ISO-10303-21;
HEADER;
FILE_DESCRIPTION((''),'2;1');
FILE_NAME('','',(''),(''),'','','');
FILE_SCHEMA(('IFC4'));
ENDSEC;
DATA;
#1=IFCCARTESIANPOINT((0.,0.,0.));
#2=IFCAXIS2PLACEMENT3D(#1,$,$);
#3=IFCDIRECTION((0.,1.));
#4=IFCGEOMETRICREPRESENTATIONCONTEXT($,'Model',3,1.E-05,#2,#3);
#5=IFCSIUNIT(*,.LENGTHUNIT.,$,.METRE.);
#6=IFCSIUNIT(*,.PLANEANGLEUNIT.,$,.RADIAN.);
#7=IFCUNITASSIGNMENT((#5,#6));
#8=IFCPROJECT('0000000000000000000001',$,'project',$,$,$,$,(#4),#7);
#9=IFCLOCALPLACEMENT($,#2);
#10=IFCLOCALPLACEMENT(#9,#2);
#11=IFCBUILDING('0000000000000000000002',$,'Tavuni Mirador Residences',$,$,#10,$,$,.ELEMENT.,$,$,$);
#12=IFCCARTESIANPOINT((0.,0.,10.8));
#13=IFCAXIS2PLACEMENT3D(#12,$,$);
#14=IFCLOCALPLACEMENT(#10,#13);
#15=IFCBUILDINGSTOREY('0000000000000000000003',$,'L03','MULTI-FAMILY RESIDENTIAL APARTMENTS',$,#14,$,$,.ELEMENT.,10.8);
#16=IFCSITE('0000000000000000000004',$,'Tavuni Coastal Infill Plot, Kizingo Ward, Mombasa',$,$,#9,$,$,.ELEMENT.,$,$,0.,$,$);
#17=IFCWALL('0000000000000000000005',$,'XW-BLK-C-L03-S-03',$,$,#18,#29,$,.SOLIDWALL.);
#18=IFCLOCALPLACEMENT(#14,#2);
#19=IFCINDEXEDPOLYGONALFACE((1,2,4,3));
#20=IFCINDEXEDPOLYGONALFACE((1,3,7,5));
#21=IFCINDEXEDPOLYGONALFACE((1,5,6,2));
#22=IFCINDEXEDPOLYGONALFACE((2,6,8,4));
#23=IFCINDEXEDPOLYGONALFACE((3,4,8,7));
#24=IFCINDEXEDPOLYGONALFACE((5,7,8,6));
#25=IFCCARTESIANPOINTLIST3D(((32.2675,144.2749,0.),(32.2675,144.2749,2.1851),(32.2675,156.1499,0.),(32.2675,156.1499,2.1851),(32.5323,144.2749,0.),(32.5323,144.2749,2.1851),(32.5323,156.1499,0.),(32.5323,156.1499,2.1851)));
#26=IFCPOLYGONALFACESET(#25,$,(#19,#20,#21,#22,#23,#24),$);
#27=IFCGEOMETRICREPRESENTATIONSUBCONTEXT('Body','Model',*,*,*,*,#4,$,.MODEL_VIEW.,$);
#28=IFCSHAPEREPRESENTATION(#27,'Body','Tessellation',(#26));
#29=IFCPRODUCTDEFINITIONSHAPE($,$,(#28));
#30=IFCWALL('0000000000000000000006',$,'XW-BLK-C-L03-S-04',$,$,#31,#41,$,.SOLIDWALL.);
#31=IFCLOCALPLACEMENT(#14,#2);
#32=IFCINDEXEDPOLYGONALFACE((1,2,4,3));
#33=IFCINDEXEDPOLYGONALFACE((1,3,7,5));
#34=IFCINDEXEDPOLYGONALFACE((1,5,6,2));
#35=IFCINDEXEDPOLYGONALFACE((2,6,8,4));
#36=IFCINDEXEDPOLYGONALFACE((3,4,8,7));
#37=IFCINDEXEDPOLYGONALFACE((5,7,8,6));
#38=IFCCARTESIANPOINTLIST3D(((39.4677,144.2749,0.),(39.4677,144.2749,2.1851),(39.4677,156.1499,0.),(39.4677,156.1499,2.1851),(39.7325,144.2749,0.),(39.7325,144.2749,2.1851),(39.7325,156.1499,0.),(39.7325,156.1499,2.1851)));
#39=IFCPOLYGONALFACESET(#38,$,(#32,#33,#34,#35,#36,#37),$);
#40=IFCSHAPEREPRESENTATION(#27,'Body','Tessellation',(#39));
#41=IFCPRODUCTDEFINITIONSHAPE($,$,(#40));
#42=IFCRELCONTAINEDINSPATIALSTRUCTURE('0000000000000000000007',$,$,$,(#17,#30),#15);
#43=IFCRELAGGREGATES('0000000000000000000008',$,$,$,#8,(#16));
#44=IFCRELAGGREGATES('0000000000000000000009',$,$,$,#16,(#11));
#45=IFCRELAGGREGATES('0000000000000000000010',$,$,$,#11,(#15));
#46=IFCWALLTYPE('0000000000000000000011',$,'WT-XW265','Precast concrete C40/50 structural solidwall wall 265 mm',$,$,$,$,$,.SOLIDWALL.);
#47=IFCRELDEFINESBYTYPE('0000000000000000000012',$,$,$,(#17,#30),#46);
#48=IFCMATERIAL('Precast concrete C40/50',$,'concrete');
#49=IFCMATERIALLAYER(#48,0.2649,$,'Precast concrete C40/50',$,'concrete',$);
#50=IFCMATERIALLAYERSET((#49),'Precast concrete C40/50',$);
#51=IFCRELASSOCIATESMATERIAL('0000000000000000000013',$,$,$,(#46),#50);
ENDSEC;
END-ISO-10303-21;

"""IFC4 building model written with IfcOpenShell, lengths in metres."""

from ifc_helpers import new_model, si_unit, direction, frame, frame_2d, origin, place, context, subcontext, project, spatial, rectangle, extrude, material, layer, layer_set, type_object, element, save


model = new_model("IFC4")

# Units and contexts
model_context = context("Model", 3, precision=1e-05, world=origin(), true_north=direction((0.0, 1.0)))
body_context = subcontext(model_context, "Body", "Model", "MODEL_VIEW")
ifc_project = project(units=[si_unit("LENGTHUNIT", "METRE"), si_unit("PLANEANGLEUNIT", "RADIAN")], contexts=[model_context])

# Site, building, storey
site_placement = place(None, origin())
site = spatial("IfcSite", under=ifc_project, at=site_placement, Name="Tavuni Coastal Infill Plot, Kizingo Ward, Mombasa", CompositionType="ELEMENT", RefElevation=0.0)
building_placement = place(site_placement, origin())
building = spatial("IfcBuilding", under=site, at=building_placement, Name="Tavuni Mirador Residences", CompositionType="ELEMENT")
storey_placement = place(building_placement, frame((0.0, 0.0, 10.8)))
storey = spatial("IfcBuildingStorey", under=building, at=storey_placement, Name="L03", Description="MULTI-FAMILY RESIDENTIAL APARTMENTS", CompositionType="ELEMENT", Elevation=10.8)

# Shared definitions
ifc_material_1 = material(Name="Precast concrete C40/50", Category="concrete")

# Walls
ifc_layer_1 = layer(ifc_material_1, 0.2649, Name="Precast concrete C40/50", Category="concrete")
ifc_layer_set_1 = layer_set([ifc_layer_1], Name="Precast concrete C40/50")
wall_type_1 = type_object("IfcWallType", Name="WT-XW265", Description="Precast concrete C40/50 structural solidwall wall 265 mm", PredefinedType="SOLIDWALL", material=ifc_layer_set_1)
for number, where, z_axis, x_axis, name in (
    (1, (32.3999, 144.2749, 0.0), (0.0, 0.0, 1.0), (0.0, 1.0, 0.0), "XW-BLK-C-L03-S-03"),
    (2, (39.6001, 144.2749, 0.0), (0.0, 0.0, 1.0), (0.0, 1.0, 0.0), "XW-BLK-C-L03-S-04"),
):
    element("IfcWall", number, at=place(storey_placement, frame(where, z_axis=z_axis, x_axis=x_axis)), inside=storey, type_object=wall_type_1, Name=name, PredefinedType="SOLIDWALL", context=body_context, shape_type="SweptSolid", body=[
        extrude(rectangle(XDim=11.875, YDim=0.2649, at=frame_2d((5.9375, 0.0))), origin(), (0.0, 0.0, 1.0), 2.1851),
    ])

save(model, "model.ifc")
